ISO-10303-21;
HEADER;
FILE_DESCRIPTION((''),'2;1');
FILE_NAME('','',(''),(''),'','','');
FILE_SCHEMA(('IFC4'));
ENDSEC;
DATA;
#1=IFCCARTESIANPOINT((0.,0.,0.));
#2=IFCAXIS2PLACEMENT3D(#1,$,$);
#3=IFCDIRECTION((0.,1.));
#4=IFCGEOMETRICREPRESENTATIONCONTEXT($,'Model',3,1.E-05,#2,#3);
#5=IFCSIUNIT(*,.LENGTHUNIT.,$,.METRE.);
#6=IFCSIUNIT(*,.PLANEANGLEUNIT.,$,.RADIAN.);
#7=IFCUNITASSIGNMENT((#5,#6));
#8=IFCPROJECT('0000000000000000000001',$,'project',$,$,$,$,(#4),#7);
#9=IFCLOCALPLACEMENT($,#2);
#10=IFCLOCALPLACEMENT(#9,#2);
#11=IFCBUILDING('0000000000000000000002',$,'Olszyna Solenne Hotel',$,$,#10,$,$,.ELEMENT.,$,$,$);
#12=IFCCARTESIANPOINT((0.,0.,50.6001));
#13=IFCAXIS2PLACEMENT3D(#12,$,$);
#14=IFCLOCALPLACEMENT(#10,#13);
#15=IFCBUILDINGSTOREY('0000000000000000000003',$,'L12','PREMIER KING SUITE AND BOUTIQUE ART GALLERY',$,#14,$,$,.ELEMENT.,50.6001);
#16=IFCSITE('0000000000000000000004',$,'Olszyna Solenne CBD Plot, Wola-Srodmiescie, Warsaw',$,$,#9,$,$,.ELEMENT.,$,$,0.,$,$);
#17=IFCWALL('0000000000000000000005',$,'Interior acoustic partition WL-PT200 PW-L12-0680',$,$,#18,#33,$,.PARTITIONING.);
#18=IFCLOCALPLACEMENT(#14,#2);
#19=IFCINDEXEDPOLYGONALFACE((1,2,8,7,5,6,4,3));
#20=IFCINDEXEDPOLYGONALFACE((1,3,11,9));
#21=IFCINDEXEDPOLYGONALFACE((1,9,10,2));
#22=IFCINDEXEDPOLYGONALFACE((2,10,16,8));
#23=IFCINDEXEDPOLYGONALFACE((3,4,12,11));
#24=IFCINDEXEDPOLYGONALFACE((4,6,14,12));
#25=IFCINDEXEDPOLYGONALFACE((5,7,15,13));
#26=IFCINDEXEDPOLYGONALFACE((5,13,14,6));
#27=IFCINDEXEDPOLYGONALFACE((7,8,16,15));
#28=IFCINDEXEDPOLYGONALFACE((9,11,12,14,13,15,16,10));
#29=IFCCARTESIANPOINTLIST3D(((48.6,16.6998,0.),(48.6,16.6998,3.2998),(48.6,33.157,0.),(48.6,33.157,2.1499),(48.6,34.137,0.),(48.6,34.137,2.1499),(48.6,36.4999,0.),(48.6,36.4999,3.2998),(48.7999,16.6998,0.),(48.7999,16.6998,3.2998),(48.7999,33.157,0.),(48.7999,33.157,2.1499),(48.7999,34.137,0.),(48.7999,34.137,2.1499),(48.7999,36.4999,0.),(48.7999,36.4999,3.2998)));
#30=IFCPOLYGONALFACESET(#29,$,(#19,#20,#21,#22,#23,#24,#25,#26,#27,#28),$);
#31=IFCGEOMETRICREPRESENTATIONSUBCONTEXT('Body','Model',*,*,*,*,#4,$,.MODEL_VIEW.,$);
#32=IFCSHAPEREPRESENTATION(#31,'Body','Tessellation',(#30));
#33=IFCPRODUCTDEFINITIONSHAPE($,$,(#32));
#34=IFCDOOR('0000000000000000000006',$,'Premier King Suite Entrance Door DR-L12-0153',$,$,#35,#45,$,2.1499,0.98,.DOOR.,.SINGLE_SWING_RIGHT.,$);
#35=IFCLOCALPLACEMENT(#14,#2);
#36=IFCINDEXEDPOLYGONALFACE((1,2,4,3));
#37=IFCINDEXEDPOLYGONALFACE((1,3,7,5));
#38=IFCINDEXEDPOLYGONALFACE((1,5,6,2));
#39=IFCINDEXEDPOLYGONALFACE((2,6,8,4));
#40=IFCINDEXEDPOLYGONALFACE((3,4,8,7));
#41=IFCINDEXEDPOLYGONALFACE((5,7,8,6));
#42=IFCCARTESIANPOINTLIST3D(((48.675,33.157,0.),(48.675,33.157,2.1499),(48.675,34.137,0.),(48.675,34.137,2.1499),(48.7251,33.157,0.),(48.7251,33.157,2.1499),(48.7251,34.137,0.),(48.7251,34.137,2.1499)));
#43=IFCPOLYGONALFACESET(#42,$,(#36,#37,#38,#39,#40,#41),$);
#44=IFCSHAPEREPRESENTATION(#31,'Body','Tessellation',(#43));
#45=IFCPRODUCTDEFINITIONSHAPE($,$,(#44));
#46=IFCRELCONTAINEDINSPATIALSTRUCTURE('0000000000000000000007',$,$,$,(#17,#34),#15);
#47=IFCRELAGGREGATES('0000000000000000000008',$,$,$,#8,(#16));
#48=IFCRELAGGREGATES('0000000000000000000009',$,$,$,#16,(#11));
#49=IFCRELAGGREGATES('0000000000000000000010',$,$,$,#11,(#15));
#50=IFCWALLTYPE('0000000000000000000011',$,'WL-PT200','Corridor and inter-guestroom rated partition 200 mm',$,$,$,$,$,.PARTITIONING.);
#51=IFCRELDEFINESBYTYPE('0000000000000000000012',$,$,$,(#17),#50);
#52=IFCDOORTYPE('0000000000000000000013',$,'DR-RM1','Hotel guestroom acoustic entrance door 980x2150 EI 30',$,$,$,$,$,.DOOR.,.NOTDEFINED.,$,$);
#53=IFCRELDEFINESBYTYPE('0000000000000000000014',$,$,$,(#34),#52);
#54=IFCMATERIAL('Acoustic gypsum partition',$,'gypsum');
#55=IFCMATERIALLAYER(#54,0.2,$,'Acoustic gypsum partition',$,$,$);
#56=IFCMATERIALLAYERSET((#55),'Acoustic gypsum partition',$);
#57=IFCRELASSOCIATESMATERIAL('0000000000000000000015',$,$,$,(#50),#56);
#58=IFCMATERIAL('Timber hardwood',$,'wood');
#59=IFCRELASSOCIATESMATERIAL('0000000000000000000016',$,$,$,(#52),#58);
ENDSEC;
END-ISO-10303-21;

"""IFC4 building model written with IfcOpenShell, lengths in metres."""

from ifc_helpers import new_model, si_unit, direction, frame, frame_2d, origin, place, context, subcontext, project, spatial, rectangle, extrude, source, transform, mapped, material, layer, layer_set, type_object, type_shapes, element, fill, save


model = new_model("IFC4")

# Units and contexts
model_context = context("Model", 3, precision=1e-05, world=origin(), true_north=direction((0.0, 1.0)))
body_context = subcontext(model_context, "Body", "Model", "MODEL_VIEW")
ifc_project = project(units=[si_unit("LENGTHUNIT", "METRE"), si_unit("PLANEANGLEUNIT", "RADIAN")], contexts=[model_context])

# Site, building, storey
site_placement = place(None, origin())
site = spatial("IfcSite", under=ifc_project, at=site_placement, Name="Olszyna Solenne CBD Plot, Wola-Srodmiescie, Warsaw", CompositionType="ELEMENT", RefElevation=0.0)
building_placement = place(site_placement, origin())
building = spatial("IfcBuilding", under=site, at=building_placement, Name="Olszyna Solenne Hotel", CompositionType="ELEMENT")
storey_placement = place(building_placement, frame((0.0, 0.0, 50.6001)))
storey = spatial("IfcBuildingStorey", under=building, at=storey_placement, Name="L12", Description="PREMIER KING SUITE AND BOUTIQUE ART GALLERY", CompositionType="ELEMENT", Elevation=50.6001)

# Shared definitions
ifc_material_1 = material(Name="Acoustic gypsum partition", Category="gypsum")
ifc_material_2 = material(Name="Timber hardwood", Category="wood")

# Shared definitions
ifc_layer_1 = layer(ifc_material_1, 0.2, Name="Acoustic gypsum partition")
ifc_layer_set_1 = layer_set([ifc_layer_1], Name="Acoustic gypsum partition")
wall_type_1 = type_object("IfcWallType", Name="WL-PT200", Description="Corridor and inter-guestroom rated partition 200 mm", PredefinedType="PARTITIONING", material=ifc_layer_set_1)

# Wall, opening, door
wall_1_placement = place(storey_placement, frame((48.7, 16.7, 0.0), z_axis=(0.0, 0.0, 1.0), x_axis=(0.0, 1.0, 0.0)))
wall_1 = element("IfcWall", 1, at=wall_1_placement, inside=storey, type_object=wall_type_1, Name="Interior acoustic partition WL-PT200 PW-L12-0680", PredefinedType="PARTITIONING", context=body_context, shape_type="SweptSolid", body=[
    extrude(rectangle(XDim=19.8, YDim=0.2, at=frame_2d((9.8999, 0.0))), origin(), (0.0, 0.0, 1.0), 3.2998),
])
opening_1_placement = place(wall_1_placement, frame((16.457, 0.0, 0.0)))
opening_1 = element("IfcOpeningElement", 2, at=opening_1_placement, cuts=wall_1, PredefinedType="OPENING", context=body_context, shape_type="SweptSolid", body=[
    extrude(rectangle(XDim=0.98, YDim=2.1499, at=frame_2d((0.49, 1.075))), frame((0.0, 0.1099, 0.0), z_axis=(0.0, -1.0, 0.0), x_axis=(1.0, 0.0, 0.0)), (0.0, 0.0, 1.0), 0.22),
])
door_type_1 = type_object("IfcDoorType", Name="DR-RM1", Description="Hotel guestroom acoustic entrance door 980x2150 EI 30", OperationType="NOTDEFINED", PredefinedType="DOOR", material=ifc_material_2)
shared_shape_1 = source(origin(), body_context, "Body", "SweptSolid", [
    extrude(rectangle(XDim=0.98, YDim=2.1499, at=frame_2d((0.49, 1.075))), frame((0.0, 0.0249, 0.0), z_axis=(0.0, -1.0, 0.0), x_axis=(1.0, 0.0, 0.0)), (0.0, 0.0, 1.0), 0.05),
])
type_shapes(door_type_1, [shared_shape_1])
door_1_placement = place(opening_1_placement, origin())
door_1 = element("IfcDoor", 3, at=door_1_placement, inside=storey, type_object=door_type_1, Name="Premier King Suite Entrance Door DR-L12-0153", OperationType="SINGLE_SWING_RIGHT", OverallHeight=2.1499, OverallWidth=0.98, PredefinedType="DOOR", context=body_context, shape_type="MappedRepresentation", body=[
    mapped(shared_shape_1, transform((0.0, 0.0, 0.0), x_axis=(1.0, 0.0, 0.0), y_axis=(0.0, 1.0, 0.0), z_axis=(0.0, 0.0, 1.0), scale=1.0)),
])
fill(opening_1, door_1)

save(model, "model.ifc")
